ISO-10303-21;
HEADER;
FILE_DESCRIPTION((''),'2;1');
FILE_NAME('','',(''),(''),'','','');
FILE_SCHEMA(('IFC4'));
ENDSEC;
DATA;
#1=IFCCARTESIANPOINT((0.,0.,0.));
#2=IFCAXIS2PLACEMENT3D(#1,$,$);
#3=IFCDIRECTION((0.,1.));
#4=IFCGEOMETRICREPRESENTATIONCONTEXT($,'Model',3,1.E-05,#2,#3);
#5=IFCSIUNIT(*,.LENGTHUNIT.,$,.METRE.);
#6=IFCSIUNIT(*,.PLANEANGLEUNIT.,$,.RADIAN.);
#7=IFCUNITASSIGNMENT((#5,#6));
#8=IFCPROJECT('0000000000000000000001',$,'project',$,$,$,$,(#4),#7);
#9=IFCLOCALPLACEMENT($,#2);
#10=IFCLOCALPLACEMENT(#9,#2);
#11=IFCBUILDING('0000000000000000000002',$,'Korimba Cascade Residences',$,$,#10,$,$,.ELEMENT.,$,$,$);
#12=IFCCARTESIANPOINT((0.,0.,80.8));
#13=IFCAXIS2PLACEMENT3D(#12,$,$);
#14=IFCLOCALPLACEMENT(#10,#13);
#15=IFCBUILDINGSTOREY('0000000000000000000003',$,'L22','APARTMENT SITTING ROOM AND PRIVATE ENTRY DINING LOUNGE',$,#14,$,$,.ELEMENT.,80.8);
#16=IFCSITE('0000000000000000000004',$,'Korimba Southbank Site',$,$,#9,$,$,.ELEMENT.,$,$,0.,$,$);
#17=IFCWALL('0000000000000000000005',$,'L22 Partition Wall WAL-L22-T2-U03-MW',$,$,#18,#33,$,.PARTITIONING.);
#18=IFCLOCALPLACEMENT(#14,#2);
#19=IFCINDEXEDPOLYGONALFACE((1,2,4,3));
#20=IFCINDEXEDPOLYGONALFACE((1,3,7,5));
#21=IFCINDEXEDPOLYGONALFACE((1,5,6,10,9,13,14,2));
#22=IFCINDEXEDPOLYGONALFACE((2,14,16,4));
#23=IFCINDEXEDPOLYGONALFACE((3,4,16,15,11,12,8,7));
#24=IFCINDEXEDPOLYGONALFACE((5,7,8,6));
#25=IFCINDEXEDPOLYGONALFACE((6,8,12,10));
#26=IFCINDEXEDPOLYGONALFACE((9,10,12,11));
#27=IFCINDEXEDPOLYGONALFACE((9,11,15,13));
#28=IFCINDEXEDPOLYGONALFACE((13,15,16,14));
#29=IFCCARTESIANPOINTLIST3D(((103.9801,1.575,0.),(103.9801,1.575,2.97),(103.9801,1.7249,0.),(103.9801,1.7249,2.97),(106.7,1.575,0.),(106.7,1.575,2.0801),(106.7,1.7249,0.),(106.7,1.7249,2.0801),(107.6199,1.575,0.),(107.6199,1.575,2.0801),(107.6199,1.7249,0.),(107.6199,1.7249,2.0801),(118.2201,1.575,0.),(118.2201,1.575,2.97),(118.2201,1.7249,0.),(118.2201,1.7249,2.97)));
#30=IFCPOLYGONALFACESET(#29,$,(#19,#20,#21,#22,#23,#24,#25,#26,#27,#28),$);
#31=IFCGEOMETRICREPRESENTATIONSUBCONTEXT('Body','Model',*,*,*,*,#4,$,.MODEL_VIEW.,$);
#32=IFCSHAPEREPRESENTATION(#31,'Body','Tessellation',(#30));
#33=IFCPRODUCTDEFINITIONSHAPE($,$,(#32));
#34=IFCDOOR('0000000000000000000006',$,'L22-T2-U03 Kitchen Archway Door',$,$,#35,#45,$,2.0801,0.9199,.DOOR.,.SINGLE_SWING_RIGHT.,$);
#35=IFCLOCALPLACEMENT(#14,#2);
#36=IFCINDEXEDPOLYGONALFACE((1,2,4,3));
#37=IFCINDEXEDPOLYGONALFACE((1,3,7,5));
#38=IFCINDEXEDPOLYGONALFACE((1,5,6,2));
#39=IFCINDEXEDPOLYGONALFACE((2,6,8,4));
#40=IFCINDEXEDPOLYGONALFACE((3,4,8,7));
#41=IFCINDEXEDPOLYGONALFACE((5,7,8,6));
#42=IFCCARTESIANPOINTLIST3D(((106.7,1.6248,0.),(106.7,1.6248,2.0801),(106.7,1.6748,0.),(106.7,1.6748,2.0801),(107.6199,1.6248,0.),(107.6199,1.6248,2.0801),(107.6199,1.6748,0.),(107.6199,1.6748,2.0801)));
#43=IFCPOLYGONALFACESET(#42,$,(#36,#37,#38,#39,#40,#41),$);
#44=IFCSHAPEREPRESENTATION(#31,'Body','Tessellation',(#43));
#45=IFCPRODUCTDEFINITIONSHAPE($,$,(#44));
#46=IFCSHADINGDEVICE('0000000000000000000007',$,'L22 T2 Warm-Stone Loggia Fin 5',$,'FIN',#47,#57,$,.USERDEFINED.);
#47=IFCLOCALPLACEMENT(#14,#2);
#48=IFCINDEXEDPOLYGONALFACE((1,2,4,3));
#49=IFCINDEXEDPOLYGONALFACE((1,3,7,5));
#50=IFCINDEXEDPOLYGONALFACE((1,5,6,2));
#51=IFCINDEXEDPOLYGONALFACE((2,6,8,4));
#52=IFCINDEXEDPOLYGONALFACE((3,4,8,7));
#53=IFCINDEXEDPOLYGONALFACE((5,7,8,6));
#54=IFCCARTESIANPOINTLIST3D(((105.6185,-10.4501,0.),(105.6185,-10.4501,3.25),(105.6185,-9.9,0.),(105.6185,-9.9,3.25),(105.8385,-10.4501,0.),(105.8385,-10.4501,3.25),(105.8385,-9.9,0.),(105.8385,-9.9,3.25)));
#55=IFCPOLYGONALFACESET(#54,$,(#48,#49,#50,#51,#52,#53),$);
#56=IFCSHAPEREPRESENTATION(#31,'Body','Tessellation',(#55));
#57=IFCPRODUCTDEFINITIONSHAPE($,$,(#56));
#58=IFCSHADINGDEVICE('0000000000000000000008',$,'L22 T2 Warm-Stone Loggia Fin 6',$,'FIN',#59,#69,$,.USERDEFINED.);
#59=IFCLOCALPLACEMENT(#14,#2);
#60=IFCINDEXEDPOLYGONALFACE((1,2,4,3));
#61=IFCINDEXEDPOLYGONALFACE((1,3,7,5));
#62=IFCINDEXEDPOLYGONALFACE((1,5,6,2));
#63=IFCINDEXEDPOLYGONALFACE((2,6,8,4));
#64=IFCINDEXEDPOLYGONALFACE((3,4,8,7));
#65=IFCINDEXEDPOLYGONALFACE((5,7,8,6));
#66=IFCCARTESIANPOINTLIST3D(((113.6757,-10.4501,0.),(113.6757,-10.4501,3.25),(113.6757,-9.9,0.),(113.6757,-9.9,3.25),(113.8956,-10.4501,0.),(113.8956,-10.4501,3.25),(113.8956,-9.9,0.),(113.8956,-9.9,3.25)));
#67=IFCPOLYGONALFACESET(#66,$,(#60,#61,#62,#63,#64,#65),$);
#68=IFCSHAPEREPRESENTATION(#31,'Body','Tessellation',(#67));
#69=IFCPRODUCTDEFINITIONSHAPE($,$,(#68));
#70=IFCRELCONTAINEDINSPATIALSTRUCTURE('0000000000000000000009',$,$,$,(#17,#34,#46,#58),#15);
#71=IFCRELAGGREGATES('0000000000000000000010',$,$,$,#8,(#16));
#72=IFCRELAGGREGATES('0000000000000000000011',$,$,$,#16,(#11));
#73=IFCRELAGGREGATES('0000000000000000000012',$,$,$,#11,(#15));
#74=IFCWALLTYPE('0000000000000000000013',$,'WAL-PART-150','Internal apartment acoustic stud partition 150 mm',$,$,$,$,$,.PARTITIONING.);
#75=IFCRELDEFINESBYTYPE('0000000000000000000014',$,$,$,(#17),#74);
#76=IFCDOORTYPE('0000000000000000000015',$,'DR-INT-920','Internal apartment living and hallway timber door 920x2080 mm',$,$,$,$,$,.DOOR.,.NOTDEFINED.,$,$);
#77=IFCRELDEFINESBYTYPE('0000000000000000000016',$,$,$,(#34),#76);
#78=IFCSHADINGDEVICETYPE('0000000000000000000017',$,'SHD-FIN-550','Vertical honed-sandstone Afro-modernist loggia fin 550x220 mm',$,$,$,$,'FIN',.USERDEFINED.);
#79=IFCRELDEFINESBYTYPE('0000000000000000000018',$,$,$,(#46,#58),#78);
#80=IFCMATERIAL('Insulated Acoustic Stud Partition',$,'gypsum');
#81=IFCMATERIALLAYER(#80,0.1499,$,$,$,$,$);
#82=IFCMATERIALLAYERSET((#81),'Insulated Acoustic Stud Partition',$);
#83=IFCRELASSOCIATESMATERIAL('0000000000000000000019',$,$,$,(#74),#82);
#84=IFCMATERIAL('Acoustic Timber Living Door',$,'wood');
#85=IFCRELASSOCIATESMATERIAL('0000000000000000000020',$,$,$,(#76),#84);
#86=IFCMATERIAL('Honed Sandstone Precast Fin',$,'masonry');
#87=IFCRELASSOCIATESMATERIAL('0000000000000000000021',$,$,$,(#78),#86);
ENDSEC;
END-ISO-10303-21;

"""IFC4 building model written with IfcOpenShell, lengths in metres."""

from ifc_helpers import new_model, si_unit, direction, frame, frame_2d, origin, origin_2d, place, context, subcontext, project, spatial, rectangle, extrude, material, layer, layer_set, type_object, element, fill, save


model = new_model("IFC4")

# Units and contexts
model_context = context("Model", 3, precision=1e-05, world=origin(), true_north=direction((0.0, 1.0)))
body_context = subcontext(model_context, "Body", "Model", "MODEL_VIEW")
ifc_project = project(units=[si_unit("LENGTHUNIT", "METRE"), si_unit("PLANEANGLEUNIT", "RADIAN")], contexts=[model_context])

# Site, building, storey
site_placement = place(None, origin())
site = spatial("IfcSite", under=ifc_project, at=site_placement, Name="Korimba Southbank Site", CompositionType="ELEMENT", RefElevation=0.0)
building_placement = place(site_placement, origin())
building = spatial("IfcBuilding", under=site, at=building_placement, Name="Korimba Cascade Residences", CompositionType="ELEMENT")
storey_placement = place(building_placement, frame((0.0, 0.0, 80.8)))
storey = spatial("IfcBuildingStorey", under=building, at=storey_placement, Name="L22", Description="APARTMENT SITTING ROOM AND PRIVATE ENTRY DINING LOUNGE", CompositionType="ELEMENT", Elevation=80.8)

# Shared definitions
ifc_material_1 = material(Name="Insulated Acoustic Stud Partition", Category="gypsum")
ifc_layer = layer(ifc_material_1, 0.1499)
ifc_layer_set = layer_set([ifc_layer], Name="Insulated Acoustic Stud Partition")
wall_type = type_object("IfcWallType", Name="WAL-PART-150", Description="Internal apartment acoustic stud partition 150 mm", PredefinedType="PARTITIONING", material=ifc_layer_set)

# Wall, opening, door
wall_1_placement = place(storey_placement, frame((103.98, 1.6499, 0.0), z_axis=(0.0, 0.0, 1.0), x_axis=(1.0, 0.0, 0.0)))
wall_1 = element("IfcWall", 1, at=wall_1_placement, inside=storey, type_object=wall_type, Name="L22 Partition Wall WAL-L22-T2-U03-MW", PredefinedType="PARTITIONING", context=body_context, shape_type="SweptSolid", body=[
    extrude(rectangle(XDim=14.24, YDim=0.1499, at=frame_2d((7.1201, 0.0))), origin(), (0.0, 0.0, 1.0), 2.97),
])
opening_1_placement = place(wall_1_placement, frame((2.72, 0.0, 0.0)))
opening_1 = element("IfcOpeningElement", 2, at=opening_1_placement, cuts=wall_1, PredefinedType="OPENING", context=body_context, shape_type="SweptSolid", body=[
    extrude(rectangle(XDim=0.9199, YDim=2.0801, at=frame_2d((0.46, 1.04))), frame((0.0, 0.085, 0.0), z_axis=(0.0, -1.0, 0.0), x_axis=(1.0, 0.0, 0.0)), (0.0, 0.0, 1.0), 0.1699),
])
ifc_material_2 = material(Name="Acoustic Timber Living Door", Category="wood")
door_type_1 = type_object("IfcDoorType", Name="DR-INT-920", Description="Internal apartment living and hallway timber door 920x2080 mm", OperationType="NOTDEFINED", PredefinedType="DOOR", material=ifc_material_2)
door_1_placement = place(opening_1_placement, origin())
door_1 = element("IfcDoor", 3, at=door_1_placement, inside=storey, type_object=door_type_1, Name="L22-T2-U03 Kitchen Archway Door", OperationType="SINGLE_SWING_RIGHT", OverallHeight=2.0801, OverallWidth=0.9199, PredefinedType="DOOR", context=body_context, shape_type="SweptSolid", body=[
    extrude(rectangle(XDim=0.9199, YDim=2.0801, at=frame_2d((0.46, 1.04))), frame((0.0, 0.0249, 0.0), z_axis=(0.0, -1.0, 0.0), x_axis=(1.0, 0.0, 0.0)), (0.0, 0.0, 1.0), 0.05),
])
fill(opening_1, door_1)

# Shading devices
ifc_material_3 = material(Name="Honed Sandstone Precast Fin", Category="masonry")
shading_device_type = type_object("IfcShadingDeviceType", Name="SHD-FIN-550", Description="Vertical honed-sandstone Afro-modernist loggia fin 550x220 mm", ElementType="FIN", PredefinedType="USERDEFINED", material=ifc_material_3)
for number, where, z_axis, x_axis, name in (
    (4, (105.7285, -10.175, 0.0), (0.0, 0.0, 1.0), (1.0, 0.0, 0.0), "L22 T2 Warm-Stone Loggia Fin 5"),
    (5, (113.7856, -10.175, 0.0), (0.0, 0.0, 1.0), (1.0, 0.0, 0.0), "L22 T2 Warm-Stone Loggia Fin 6"),
):
    element("IfcShadingDevice", number, at=place(storey_placement, frame(where, z_axis=z_axis, x_axis=x_axis)), inside=storey, type_object=shading_device_type, Name=name, ObjectType="FIN", PredefinedType="USERDEFINED", context=body_context, shape_type="SweptSolid", body=[
        extrude(rectangle(XDim=0.22, YDim=0.55, at=origin_2d()), origin(), (0.0, 0.0, 1.0), 3.25),
    ])

save(model, "model.ifc")
